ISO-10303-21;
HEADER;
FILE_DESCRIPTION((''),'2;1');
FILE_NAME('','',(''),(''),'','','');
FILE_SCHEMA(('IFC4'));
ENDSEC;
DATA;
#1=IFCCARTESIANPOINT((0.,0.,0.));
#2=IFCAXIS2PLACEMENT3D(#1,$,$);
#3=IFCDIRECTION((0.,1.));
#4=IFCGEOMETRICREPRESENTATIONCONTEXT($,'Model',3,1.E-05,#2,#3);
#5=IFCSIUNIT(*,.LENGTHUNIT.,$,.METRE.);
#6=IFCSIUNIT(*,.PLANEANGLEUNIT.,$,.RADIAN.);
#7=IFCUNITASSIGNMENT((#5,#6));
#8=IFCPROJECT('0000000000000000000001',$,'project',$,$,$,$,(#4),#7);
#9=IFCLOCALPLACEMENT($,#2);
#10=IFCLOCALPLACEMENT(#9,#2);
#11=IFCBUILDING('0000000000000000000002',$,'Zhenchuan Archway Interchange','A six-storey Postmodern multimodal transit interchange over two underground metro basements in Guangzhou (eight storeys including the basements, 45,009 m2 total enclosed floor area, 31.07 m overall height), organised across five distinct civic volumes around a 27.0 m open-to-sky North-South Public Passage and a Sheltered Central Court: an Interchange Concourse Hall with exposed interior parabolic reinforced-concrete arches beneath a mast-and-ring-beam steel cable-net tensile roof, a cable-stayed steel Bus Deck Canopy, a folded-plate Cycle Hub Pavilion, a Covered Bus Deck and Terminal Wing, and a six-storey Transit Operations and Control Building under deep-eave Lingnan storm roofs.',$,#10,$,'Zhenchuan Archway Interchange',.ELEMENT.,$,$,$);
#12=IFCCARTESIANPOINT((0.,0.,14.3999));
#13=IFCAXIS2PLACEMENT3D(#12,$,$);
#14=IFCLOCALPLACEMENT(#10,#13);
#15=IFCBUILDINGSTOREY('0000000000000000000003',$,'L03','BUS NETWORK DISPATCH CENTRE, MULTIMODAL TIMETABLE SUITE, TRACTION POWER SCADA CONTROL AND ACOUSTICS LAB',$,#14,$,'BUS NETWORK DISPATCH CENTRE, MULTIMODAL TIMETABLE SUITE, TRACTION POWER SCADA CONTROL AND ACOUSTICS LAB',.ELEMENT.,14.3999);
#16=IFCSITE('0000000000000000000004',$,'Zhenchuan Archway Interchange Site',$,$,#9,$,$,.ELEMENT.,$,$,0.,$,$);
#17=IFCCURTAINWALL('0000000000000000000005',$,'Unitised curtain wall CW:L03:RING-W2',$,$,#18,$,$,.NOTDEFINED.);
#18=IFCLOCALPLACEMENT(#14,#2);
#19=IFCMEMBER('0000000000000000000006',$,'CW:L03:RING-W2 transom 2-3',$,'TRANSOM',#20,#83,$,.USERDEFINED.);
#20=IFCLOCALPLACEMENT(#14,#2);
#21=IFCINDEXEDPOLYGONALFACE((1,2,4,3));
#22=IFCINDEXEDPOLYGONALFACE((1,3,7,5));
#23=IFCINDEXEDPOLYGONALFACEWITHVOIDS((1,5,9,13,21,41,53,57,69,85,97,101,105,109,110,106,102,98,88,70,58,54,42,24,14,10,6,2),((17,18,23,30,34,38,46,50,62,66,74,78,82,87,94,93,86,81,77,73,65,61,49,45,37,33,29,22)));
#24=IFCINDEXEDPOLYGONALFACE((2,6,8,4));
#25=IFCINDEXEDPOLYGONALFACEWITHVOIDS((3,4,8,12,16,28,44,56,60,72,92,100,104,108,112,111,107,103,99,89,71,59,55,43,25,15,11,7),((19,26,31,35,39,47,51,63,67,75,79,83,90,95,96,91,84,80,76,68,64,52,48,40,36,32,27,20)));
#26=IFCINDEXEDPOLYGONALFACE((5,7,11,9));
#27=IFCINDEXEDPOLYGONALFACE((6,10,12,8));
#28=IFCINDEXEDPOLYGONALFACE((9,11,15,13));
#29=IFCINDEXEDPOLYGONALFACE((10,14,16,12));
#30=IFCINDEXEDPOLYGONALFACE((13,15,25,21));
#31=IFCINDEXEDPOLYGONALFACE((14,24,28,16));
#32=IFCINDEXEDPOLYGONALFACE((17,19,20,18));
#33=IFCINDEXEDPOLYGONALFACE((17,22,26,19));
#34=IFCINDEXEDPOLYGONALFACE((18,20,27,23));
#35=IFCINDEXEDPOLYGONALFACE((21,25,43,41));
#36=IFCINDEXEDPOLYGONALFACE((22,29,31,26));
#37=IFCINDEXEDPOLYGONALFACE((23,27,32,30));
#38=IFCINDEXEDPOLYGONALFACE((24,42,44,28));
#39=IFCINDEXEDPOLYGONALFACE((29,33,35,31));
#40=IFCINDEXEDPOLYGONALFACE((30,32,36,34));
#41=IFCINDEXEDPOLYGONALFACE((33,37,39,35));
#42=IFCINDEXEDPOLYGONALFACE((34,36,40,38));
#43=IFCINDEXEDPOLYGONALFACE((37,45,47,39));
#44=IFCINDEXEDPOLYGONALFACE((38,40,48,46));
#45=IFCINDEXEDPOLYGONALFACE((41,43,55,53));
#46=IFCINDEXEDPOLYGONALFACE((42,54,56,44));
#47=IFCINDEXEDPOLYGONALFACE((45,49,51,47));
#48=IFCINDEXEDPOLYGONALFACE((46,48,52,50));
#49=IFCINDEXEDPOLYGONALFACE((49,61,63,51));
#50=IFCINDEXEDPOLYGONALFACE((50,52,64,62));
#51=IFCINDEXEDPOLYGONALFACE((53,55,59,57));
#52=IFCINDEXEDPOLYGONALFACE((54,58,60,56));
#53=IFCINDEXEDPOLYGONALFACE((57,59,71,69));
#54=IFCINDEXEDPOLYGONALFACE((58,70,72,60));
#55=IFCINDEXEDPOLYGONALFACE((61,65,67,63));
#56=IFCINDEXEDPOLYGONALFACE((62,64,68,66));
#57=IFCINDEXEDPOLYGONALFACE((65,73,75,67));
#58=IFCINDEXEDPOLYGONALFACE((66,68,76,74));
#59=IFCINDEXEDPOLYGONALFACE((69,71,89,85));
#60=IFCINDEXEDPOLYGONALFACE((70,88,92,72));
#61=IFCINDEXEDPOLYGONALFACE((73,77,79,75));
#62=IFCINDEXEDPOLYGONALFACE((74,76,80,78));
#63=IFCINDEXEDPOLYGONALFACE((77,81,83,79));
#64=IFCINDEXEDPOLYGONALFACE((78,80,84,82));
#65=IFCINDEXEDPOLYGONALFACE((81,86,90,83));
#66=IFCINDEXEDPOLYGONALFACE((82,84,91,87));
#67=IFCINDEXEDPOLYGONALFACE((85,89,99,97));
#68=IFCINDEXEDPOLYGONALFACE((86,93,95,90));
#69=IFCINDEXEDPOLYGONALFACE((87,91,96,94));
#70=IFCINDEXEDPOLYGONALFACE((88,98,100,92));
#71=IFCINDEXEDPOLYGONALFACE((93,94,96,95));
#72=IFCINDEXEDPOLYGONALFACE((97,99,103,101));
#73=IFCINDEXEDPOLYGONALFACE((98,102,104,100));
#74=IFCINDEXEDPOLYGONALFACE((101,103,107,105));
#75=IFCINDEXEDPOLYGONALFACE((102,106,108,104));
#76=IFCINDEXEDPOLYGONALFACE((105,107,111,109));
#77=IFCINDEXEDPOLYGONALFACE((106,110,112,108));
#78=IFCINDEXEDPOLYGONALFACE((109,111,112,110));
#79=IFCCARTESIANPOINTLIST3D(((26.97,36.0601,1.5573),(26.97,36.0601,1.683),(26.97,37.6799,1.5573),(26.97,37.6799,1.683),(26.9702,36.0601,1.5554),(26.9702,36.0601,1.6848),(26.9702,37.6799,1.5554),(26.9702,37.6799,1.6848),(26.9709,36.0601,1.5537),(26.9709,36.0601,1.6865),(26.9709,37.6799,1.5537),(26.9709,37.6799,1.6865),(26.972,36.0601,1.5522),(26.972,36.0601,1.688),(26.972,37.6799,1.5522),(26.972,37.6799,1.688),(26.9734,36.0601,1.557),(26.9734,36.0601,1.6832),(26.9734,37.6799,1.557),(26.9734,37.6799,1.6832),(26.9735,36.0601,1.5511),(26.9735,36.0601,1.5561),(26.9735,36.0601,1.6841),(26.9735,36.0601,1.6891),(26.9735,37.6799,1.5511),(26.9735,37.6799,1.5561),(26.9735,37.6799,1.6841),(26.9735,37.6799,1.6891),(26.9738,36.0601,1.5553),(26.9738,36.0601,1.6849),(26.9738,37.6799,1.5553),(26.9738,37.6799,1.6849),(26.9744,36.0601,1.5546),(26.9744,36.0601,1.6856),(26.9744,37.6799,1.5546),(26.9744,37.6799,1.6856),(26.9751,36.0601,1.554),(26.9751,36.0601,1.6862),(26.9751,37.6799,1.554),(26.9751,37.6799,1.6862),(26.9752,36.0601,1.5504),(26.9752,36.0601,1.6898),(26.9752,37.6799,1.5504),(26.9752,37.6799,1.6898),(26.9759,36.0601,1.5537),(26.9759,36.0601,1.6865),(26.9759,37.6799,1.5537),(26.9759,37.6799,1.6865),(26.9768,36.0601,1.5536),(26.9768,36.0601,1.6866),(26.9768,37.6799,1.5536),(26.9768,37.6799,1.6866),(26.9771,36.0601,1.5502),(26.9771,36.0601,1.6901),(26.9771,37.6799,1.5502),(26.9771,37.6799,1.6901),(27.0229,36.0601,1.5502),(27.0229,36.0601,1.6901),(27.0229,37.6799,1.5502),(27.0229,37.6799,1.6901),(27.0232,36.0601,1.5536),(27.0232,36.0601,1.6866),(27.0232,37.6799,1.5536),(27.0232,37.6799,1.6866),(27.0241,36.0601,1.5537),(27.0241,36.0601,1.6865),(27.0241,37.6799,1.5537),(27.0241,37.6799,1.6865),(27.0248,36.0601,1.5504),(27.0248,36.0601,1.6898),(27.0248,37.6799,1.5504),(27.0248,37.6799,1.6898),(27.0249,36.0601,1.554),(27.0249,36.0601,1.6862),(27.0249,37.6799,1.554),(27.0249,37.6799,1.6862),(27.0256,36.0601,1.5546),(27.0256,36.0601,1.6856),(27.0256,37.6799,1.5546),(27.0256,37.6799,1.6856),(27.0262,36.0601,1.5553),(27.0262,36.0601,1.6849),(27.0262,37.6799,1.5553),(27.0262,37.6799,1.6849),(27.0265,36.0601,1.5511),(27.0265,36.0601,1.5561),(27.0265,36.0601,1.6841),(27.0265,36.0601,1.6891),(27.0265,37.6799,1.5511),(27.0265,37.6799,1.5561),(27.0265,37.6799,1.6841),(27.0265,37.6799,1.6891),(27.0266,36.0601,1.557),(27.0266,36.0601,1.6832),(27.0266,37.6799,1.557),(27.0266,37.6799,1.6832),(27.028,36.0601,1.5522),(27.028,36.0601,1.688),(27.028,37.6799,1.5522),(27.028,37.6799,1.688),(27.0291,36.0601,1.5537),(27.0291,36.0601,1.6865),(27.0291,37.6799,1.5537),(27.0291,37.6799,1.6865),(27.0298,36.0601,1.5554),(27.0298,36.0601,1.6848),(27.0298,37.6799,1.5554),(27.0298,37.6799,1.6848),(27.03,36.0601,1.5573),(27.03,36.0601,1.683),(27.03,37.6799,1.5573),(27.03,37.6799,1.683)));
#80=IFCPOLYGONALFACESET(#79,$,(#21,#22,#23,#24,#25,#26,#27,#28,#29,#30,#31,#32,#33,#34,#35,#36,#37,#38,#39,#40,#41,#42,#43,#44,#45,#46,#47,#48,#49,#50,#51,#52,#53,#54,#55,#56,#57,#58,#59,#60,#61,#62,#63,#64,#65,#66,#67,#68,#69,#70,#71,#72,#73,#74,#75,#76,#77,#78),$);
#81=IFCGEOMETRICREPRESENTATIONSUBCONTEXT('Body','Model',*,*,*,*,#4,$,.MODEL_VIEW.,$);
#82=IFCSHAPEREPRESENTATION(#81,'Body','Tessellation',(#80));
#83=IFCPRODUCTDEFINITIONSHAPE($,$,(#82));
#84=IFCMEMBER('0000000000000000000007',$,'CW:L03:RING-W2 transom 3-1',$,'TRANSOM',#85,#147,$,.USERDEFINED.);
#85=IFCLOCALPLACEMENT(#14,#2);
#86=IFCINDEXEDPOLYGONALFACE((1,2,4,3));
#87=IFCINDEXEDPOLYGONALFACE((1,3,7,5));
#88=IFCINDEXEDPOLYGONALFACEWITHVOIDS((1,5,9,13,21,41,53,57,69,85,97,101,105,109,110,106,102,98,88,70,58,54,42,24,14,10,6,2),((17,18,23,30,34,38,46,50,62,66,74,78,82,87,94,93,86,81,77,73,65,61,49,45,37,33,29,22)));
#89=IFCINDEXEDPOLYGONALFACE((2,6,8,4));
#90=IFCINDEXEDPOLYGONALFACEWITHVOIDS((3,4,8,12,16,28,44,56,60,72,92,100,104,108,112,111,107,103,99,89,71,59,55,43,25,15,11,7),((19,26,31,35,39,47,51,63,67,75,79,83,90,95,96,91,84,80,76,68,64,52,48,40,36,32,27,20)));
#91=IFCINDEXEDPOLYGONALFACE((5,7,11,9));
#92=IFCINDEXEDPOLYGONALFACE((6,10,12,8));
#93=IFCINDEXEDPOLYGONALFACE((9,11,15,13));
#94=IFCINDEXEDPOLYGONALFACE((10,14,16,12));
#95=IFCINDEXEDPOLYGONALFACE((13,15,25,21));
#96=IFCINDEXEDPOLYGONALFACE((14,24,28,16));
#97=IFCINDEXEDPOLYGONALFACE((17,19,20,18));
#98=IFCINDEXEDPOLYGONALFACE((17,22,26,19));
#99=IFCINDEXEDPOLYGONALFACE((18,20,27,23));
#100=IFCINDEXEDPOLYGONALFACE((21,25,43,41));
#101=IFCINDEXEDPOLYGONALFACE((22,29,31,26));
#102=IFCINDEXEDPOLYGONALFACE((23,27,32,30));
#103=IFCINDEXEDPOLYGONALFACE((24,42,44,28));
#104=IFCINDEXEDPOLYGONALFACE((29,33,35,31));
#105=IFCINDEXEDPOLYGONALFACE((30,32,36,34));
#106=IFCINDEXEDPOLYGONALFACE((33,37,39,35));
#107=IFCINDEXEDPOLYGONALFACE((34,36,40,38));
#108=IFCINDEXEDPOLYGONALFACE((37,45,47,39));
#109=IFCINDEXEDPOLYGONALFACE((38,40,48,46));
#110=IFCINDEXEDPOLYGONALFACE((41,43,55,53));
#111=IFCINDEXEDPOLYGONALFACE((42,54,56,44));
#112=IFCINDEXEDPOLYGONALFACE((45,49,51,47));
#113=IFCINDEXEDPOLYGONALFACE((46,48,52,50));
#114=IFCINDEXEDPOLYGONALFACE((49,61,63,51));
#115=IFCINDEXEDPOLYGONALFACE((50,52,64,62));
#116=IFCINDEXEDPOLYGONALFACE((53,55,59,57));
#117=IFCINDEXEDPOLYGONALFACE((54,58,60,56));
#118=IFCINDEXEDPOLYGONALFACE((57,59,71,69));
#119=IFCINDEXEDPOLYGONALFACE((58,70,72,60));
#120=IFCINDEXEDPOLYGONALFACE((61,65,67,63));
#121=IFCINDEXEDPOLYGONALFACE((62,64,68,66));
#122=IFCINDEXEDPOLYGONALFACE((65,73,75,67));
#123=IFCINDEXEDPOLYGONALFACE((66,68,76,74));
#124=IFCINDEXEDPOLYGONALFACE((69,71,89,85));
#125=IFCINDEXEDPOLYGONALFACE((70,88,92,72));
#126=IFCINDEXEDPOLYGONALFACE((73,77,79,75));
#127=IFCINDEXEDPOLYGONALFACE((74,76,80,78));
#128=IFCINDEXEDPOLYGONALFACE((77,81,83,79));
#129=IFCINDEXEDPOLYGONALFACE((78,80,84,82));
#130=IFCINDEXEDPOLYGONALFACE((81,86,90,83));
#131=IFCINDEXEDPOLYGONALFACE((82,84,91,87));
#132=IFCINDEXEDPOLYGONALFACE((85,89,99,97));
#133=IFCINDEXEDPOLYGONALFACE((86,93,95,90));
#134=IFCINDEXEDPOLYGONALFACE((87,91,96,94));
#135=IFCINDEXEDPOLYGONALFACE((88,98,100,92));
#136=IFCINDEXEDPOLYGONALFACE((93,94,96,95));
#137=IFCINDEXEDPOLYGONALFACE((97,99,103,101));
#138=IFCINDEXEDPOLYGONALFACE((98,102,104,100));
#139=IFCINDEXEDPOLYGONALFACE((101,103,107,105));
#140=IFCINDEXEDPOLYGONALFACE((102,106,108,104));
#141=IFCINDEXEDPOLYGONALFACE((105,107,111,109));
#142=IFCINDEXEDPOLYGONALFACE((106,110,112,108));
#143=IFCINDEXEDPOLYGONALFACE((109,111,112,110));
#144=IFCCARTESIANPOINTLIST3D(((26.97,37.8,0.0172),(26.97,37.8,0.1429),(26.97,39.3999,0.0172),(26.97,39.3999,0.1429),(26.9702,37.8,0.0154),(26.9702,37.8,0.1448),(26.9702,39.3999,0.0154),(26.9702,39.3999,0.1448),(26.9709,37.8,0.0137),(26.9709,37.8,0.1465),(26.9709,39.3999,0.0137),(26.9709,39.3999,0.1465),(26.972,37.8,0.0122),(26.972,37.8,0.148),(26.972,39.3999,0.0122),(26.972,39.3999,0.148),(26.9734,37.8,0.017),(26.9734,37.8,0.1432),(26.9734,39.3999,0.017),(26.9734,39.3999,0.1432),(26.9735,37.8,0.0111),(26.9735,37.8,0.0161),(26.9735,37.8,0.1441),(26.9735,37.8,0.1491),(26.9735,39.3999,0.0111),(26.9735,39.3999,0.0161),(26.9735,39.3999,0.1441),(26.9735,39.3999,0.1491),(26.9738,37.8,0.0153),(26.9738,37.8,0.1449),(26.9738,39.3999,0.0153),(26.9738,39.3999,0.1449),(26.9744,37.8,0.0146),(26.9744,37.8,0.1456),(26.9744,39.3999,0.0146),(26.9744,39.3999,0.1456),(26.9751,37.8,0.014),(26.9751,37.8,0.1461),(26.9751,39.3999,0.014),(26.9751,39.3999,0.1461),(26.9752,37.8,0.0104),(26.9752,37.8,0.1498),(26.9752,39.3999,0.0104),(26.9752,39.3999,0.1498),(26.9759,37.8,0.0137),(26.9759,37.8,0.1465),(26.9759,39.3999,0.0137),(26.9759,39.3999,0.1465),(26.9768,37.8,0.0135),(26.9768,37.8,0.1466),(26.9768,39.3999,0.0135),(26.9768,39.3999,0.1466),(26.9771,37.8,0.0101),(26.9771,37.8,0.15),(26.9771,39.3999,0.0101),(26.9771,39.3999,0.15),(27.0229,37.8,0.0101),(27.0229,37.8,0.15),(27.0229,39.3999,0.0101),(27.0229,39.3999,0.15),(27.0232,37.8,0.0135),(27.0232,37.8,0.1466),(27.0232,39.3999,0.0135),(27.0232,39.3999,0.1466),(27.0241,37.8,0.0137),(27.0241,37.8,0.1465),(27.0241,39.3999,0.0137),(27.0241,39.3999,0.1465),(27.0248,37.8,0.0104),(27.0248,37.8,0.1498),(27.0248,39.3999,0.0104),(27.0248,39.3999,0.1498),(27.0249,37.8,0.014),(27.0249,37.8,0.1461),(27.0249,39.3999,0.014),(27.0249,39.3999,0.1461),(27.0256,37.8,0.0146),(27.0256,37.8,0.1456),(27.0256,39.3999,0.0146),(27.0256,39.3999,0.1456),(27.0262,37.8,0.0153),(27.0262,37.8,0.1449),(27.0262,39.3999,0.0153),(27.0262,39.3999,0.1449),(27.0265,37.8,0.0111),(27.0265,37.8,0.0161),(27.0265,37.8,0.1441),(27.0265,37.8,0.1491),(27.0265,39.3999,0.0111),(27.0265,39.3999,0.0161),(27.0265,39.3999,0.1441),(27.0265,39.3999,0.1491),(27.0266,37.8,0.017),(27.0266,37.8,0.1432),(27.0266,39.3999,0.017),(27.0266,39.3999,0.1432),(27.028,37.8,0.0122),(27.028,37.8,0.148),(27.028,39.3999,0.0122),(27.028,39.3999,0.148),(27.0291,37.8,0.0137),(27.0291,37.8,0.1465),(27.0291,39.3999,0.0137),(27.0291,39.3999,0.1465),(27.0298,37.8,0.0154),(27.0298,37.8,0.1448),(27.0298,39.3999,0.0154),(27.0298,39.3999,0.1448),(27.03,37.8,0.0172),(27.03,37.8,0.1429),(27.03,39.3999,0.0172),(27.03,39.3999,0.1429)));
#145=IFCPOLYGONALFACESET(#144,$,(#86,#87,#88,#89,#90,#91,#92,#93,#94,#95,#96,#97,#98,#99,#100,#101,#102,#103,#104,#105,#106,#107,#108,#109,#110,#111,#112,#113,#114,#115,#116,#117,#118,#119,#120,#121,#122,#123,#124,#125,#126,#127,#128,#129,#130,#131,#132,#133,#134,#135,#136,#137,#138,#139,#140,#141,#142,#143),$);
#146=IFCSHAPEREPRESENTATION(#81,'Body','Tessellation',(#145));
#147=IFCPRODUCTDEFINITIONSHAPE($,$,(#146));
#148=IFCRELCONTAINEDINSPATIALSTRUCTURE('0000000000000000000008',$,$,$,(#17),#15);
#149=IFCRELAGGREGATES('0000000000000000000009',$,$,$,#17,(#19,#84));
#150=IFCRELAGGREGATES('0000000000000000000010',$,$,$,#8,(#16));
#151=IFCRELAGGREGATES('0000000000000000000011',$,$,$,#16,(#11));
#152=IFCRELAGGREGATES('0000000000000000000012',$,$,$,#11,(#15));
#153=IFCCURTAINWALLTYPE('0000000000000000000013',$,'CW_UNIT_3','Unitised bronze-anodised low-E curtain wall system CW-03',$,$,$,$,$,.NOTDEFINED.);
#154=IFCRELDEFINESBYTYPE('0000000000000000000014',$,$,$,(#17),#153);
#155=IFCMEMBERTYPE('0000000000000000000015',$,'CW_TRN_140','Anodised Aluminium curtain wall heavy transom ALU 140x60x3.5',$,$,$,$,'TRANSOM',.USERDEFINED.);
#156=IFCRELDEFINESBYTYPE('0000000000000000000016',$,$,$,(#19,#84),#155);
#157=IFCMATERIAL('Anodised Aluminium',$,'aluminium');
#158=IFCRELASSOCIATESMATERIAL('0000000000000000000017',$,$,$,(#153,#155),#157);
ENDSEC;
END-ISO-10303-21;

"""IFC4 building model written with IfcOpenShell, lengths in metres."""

from ifc_helpers import new_model, si_unit, direction, frame, origin, origin_2d, place, context, subcontext, project, spatial, hollow_rectangle, extrude, material, material_profile, profile_set, type_object, element, aggregate, save


model = new_model("IFC4")

# Units and contexts
model_context = context("Model", 3, precision=1e-05, world=origin(), true_north=direction((0.0, 1.0)))
body_context = subcontext(model_context, "Body", "Model", "MODEL_VIEW")
ifc_project = project(units=[si_unit("LENGTHUNIT", "METRE"), si_unit("PLANEANGLEUNIT", "RADIAN")], contexts=[model_context])

# Site, building, storey
site_placement = place(None, origin())
site = spatial("IfcSite", under=ifc_project, at=site_placement, Name="Zhenchuan Archway Interchange Site", CompositionType="ELEMENT", RefElevation=0.0)
building_placement = place(site_placement, origin())
building = spatial("IfcBuilding", under=site, at=building_placement, Name="Zhenchuan Archway Interchange", Description="A six-storey Postmodern multimodal transit interchange over two underground metro basements in Guangzhou (eight storeys including the basements, 45,009 m2 total enclosed floor area, 31.07 m overall height), organised across five distinct civic volumes around a 27.0 m open-to-sky North-South Public Passage and a Sheltered Central Court: an Interchange Concourse Hall with exposed interior parabolic reinforced-concrete arches beneath a mast-and-ring-beam steel cable-net tensile roof, a cable-stayed steel Bus Deck Canopy, a folded-plate Cycle Hub Pavilion, a Covered Bus Deck and Terminal Wing, and a six-storey Transit Operations and Control Building under deep-eave Lingnan storm roofs.", LongName="Zhenchuan Archway Interchange", CompositionType="ELEMENT")
storey_placement = place(building_placement, frame((0.0, 0.0, 14.3999)))
storey = spatial("IfcBuildingStorey", under=building, at=storey_placement, Name="L03", Description="BUS NETWORK DISPATCH CENTRE, MULTIMODAL TIMETABLE SUITE, TRACTION POWER SCADA CONTROL AND ACOUSTICS LAB", LongName="BUS NETWORK DISPATCH CENTRE, MULTIMODAL TIMETABLE SUITE, TRACTION POWER SCADA CONTROL AND ACOUSTICS LAB", CompositionType="ELEMENT", Elevation=14.3999)

# Curtain wall
ifc_material_1 = material(Name="Anodised Aluminium", Category="aluminium")
curtain_wall_type = type_object("IfcCurtainWallType", Name="CW_UNIT_3", Description="Unitised bronze-anodised low-E curtain wall system CW-03", PredefinedType="NOTDEFINED", material=ifc_material_1)
curtain_wall_1_placement = place(storey_placement, origin())
curtain_wall_1 = element("IfcCurtainWall", 1, at=curtain_wall_1_placement, inside=storey, type_object=curtain_wall_type, Name="Unitised curtain wall CW:L03:RING-W2", PredefinedType="NOTDEFINED")

# Members
ifc_material_profile_1 = material_profile(ifc_material_1, hollow_rectangle(XDim=0.0601, YDim=0.1399, WallThickness=0.0034, InnerFilletRadius=0.0034, OuterFilletRadius=0.0071, at=origin_2d()), Name="ALU 140x60x3.5")
ifc_profile_set_1 = profile_set([ifc_material_profile_1], Name="Anodised Aluminium")
member_type_1 = type_object("IfcMemberType", Name="CW_TRN_140", Description="Anodised Aluminium curtain wall heavy transom ALU 140x60x3.5", ElementType="TRANSOM", PredefinedType="USERDEFINED", material=ifc_profile_set_1)
member_1_placement = place(storey_placement, frame((27.0, 36.0601, 1.6201), z_axis=(0.0, 1.0, 0.0), x_axis=(-1.0, 0.0, 0.0)))
member_1 = element("IfcMember", 2, at=member_1_placement, type_object=member_type_1, Name="CW:L03:RING-W2 transom 2-3", ObjectType="TRANSOM", PredefinedType="USERDEFINED", context=body_context, shape_type="SweptSolid", body=[
    extrude(hollow_rectangle(XDim=0.0601, YDim=0.1399, WallThickness=0.0034, InnerFilletRadius=0.0034, OuterFilletRadius=0.0071, at=origin_2d()), origin(), (0.0, 0.0, 1.0), 1.6199),
])
member_2_placement = place(storey_placement, frame((27.0, 37.8, 0.0801), z_axis=(0.0, 1.0, 0.0), x_axis=(-1.0, 0.0, 0.0)))
member_2 = element("IfcMember", 3, at=member_2_placement, type_object=member_type_1, Name="CW:L03:RING-W2 transom 3-1", ObjectType="TRANSOM", PredefinedType="USERDEFINED", context=body_context, shape_type="SweptSolid", body=[
    extrude(hollow_rectangle(XDim=0.0601, YDim=0.1399, WallThickness=0.0034, InnerFilletRadius=0.0034, OuterFilletRadius=0.0071, at=origin_2d()), origin(), (0.0, 0.0, 1.0), 1.5999),
])

aggregate(curtain_wall_1, [member_1, member_2])

save(model, "model.ifc")
